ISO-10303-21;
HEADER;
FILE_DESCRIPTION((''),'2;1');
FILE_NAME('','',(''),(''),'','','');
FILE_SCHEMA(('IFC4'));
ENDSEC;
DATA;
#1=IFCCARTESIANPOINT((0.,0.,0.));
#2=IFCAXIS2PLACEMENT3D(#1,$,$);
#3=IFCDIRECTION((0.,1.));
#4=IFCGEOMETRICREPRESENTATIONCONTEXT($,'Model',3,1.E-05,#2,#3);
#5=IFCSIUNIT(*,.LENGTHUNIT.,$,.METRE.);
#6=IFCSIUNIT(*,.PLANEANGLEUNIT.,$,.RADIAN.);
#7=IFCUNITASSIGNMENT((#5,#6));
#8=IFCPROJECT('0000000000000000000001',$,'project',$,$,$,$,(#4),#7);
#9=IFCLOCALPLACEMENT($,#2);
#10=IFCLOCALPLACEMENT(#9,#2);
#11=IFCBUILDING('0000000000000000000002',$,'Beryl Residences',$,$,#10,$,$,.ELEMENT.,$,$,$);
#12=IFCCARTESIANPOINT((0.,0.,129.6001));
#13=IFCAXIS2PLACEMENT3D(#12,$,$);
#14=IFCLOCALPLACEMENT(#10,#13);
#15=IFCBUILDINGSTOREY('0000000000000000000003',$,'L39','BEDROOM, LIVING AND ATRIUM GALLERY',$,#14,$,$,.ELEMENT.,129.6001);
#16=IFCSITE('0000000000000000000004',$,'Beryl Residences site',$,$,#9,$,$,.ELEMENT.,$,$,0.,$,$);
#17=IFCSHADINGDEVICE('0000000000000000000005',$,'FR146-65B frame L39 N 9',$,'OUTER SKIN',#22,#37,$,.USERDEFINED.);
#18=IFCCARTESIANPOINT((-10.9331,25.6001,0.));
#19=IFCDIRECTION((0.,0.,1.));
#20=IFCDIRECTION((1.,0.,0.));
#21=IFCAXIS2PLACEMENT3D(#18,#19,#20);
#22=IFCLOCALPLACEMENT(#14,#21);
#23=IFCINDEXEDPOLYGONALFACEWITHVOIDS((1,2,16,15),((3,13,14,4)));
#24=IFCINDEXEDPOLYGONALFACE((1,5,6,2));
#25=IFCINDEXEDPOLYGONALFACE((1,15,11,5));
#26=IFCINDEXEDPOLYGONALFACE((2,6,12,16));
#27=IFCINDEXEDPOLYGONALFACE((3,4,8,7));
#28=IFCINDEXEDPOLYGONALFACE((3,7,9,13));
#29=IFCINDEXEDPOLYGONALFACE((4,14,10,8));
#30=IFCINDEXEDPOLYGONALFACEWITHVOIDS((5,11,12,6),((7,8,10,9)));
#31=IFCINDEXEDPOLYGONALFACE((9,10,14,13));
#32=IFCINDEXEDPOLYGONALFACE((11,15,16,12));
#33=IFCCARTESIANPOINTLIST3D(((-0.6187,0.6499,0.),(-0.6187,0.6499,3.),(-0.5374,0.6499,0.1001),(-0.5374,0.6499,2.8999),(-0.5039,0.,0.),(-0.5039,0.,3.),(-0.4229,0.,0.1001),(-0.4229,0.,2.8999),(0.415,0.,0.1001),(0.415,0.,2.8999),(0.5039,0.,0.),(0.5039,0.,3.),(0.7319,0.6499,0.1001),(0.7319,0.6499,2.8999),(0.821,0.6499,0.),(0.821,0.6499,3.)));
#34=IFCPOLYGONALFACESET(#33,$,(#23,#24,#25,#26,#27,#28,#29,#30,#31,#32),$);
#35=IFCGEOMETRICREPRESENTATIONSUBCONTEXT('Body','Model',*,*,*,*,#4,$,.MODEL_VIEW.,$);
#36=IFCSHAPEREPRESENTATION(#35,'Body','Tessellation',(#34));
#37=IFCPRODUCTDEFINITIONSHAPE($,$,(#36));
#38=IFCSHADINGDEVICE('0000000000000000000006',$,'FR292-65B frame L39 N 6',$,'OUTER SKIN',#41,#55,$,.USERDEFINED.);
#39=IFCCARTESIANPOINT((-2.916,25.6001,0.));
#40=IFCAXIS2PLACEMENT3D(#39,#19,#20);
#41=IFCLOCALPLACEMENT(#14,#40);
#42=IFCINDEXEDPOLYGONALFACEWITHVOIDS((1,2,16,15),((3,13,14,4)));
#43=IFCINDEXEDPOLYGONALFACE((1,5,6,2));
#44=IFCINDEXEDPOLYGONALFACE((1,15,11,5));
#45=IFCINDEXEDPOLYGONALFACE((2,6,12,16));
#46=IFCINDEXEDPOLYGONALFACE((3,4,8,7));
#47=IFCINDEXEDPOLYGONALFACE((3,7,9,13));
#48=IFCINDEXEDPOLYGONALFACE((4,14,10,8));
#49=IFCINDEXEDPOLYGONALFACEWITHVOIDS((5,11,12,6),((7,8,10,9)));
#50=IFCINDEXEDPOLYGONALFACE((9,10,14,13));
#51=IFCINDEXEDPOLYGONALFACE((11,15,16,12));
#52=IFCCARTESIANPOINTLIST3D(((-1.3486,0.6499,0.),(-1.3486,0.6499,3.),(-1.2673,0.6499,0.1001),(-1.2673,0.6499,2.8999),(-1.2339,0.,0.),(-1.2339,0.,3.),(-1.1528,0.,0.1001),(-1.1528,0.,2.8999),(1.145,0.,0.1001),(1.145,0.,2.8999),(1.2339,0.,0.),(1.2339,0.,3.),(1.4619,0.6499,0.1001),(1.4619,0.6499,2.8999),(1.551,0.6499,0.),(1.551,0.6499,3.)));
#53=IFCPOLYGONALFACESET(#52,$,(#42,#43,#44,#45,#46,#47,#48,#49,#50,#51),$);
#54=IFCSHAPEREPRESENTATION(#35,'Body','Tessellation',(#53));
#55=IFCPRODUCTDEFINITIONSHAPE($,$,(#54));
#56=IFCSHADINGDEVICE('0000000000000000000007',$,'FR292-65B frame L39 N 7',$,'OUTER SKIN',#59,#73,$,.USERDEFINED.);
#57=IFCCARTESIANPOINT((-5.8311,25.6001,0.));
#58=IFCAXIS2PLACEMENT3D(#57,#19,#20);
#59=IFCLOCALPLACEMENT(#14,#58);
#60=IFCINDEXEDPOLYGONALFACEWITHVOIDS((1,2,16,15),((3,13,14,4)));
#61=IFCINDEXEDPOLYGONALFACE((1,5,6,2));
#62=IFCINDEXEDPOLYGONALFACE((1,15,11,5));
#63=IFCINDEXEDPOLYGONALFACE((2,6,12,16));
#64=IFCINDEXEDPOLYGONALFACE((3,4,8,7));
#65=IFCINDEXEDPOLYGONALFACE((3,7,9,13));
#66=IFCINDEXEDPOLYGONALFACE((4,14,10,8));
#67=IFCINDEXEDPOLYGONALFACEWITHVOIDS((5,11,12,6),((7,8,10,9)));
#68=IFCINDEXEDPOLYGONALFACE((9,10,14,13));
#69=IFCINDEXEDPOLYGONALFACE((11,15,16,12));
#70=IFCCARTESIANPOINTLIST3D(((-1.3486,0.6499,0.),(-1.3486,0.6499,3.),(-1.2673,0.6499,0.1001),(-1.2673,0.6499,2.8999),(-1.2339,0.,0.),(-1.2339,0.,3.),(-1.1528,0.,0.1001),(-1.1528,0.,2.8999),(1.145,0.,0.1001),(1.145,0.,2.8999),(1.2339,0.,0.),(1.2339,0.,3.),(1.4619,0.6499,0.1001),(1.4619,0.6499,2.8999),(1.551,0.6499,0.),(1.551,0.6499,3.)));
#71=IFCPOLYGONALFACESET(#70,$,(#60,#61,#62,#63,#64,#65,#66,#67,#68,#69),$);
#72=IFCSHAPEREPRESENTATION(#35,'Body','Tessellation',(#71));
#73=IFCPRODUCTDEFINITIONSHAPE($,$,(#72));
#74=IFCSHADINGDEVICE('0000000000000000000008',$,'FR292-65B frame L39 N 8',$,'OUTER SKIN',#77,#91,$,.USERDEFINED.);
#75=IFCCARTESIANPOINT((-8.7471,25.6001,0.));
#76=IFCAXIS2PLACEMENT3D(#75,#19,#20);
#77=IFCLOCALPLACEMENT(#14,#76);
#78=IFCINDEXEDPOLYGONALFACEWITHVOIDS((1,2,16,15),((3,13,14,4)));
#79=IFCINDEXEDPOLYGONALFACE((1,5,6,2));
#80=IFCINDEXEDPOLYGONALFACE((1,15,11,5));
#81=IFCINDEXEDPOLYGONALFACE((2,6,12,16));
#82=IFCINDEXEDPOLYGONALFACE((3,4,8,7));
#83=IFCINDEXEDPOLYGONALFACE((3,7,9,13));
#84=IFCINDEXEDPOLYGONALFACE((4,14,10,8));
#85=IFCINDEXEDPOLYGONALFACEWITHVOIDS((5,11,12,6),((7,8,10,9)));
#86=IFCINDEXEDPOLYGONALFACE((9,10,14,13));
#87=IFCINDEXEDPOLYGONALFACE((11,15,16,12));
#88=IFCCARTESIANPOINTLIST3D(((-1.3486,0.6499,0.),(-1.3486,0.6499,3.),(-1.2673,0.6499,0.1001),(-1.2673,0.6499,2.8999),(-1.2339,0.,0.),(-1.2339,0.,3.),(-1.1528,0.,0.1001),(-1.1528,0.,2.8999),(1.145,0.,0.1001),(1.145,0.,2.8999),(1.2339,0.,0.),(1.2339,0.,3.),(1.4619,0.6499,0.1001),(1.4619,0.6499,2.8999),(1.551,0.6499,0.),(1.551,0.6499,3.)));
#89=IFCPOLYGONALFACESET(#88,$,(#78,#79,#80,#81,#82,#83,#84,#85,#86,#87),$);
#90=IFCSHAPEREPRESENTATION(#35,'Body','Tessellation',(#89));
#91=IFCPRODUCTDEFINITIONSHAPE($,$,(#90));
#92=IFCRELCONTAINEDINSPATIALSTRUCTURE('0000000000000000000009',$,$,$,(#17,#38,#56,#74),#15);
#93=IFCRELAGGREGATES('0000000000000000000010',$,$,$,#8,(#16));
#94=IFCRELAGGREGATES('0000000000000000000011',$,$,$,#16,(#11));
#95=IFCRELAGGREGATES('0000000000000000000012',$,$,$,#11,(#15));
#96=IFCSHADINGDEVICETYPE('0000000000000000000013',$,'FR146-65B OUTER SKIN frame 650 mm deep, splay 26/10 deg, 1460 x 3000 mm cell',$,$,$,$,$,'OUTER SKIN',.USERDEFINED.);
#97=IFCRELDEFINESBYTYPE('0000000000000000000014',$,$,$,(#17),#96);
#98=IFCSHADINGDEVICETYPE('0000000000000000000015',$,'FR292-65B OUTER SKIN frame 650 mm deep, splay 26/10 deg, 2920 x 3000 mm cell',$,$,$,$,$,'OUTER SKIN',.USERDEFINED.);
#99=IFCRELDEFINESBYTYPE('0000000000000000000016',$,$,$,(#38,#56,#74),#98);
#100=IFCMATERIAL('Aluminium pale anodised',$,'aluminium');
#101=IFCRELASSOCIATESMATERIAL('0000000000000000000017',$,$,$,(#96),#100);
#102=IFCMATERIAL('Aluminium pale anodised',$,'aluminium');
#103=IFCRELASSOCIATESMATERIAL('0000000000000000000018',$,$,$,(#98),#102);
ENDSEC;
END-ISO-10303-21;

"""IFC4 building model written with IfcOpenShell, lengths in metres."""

from ifc_helpers import new_model, entity, si_unit, direction, frame, origin, place, context, subcontext, project, spatial, source, transform, mapped, material, type_object, type_shapes, element, save


model = new_model("IFC4")

# Units and contexts
model_context = context("Model", 3, precision=1e-05, world=origin(), true_north=direction((0.0, 1.0)))
body_context = subcontext(model_context, "Body", "Model", "MODEL_VIEW")
ifc_project = project(units=[si_unit("LENGTHUNIT", "METRE"), si_unit("PLANEANGLEUNIT", "RADIAN")], contexts=[model_context])

# Site, building, storey
site_placement = place(None, origin())
site = spatial("IfcSite", under=ifc_project, at=site_placement, Name="Beryl Residences site", CompositionType="ELEMENT", RefElevation=0.0)
building_placement = place(site_placement, origin())
building = spatial("IfcBuilding", under=site, at=building_placement, Name="Beryl Residences", CompositionType="ELEMENT")
storey_placement = place(building_placement, frame((0.0, 0.0, 129.6001)))
storey = spatial("IfcBuildingStorey", under=building, at=storey_placement, Name="L39", Description="BEDROOM, LIVING AND ATRIUM GALLERY", CompositionType="ELEMENT", Elevation=129.6001)

# Shading devices
ifc_material_1 = material(Name="Aluminium pale anodised", Category="aluminium")
shading_device_type_1 = type_object("IfcShadingDeviceType", Name="FR146-65B OUTER SKIN frame 650 mm deep, splay 26/10 deg, 1460 x 3000 mm cell", ElementType="OUTER SKIN", PredefinedType="USERDEFINED", material=ifc_material_1)
cartesian_point_1 = entity("IfcCartesianPoint", [-0.5039, 0.0])
cartesian_point_2 = entity("IfcCartesianPoint", [-0.415, 0.1001])
cartesian_point_3 = entity("IfcCartesianPoint", [-0.821, 0.0])
cartesian_point_4 = entity("IfcCartesianPoint", [-0.7319, 0.1001])
shared_shape_1 = source(origin(), body_context, "Body", "SweptSolid", [
    entity("IfcExtrudedAreaSolidTapered", entity("IfcArbitraryProfileDefWithVoids", "AREA", None, entity("IfcPolyline", [cartesian_point_1, entity("IfcCartesianPoint", [0.5039, 0.0]), entity("IfcCartesianPoint", [0.5039, 3.0]), entity("IfcCartesianPoint", [-0.5039, 3.0]), cartesian_point_1]), [entity("IfcPolyline", [cartesian_point_2, entity("IfcCartesianPoint", [0.4229, 0.1001]), entity("IfcCartesianPoint", [0.4229, 2.8999]), entity("IfcCartesianPoint", [-0.415, 2.8999]), cartesian_point_2])]), entity("IfcAxis2Placement3D", entity("IfcCartesianPoint", [0.0, 0.0, 0.0]), entity("IfcDirection", [0.0, 1.0, 0.0]), entity("IfcDirection", [-1.0, 0.0, 0.0])), entity("IfcDirection", [0.0, 0.0, 1.0]), 0.6499, entity("IfcArbitraryProfileDefWithVoids", "AREA", None, entity("IfcPolyline", [cartesian_point_3, entity("IfcCartesianPoint", [0.6187, 0.0]), entity("IfcCartesianPoint", [0.6187, 3.0]), entity("IfcCartesianPoint", [-0.821, 3.0]), cartesian_point_3]), [entity("IfcPolyline", [cartesian_point_4, entity("IfcCartesianPoint", [0.5374, 0.1001]), entity("IfcCartesianPoint", [0.5374, 2.8999]), entity("IfcCartesianPoint", [-0.7319, 2.8999]), cartesian_point_4])])),
])
type_shapes(shading_device_type_1, [shared_shape_1])
shading_device_placement = place(storey_placement, frame((-10.9331, 25.6001, 0.0), z_axis=(0.0, 0.0, 1.0), x_axis=(1.0, 0.0, 0.0)))
element("IfcShadingDevice", 1, at=shading_device_placement, inside=storey, type_object=shading_device_type_1, Name="FR146-65B frame L39 N 9", ObjectType="OUTER SKIN", PredefinedType="USERDEFINED", context=body_context, shape_type="MappedRepresentation", body=[
    mapped(shared_shape_1, transform((0.0, 0.0, 0.0))),
])
ifc_material_2 = material(Name="Aluminium pale anodised", Category="aluminium")
shading_device_type_2 = type_object("IfcShadingDeviceType", Name="FR292-65B OUTER SKIN frame 650 mm deep, splay 26/10 deg, 2920 x 3000 mm cell", ElementType="OUTER SKIN", PredefinedType="USERDEFINED", material=ifc_material_2)
cartesian_point_5 = entity("IfcCartesianPoint", [-1.2339, 0.0])
cartesian_point_6 = entity("IfcCartesianPoint", [-1.145, 0.1001])
cartesian_point_7 = entity("IfcCartesianPoint", [-1.551, 0.0])
cartesian_point_8 = entity("IfcCartesianPoint", [-1.4619, 0.1001])
shared_shape_2 = source(origin(), body_context, "Body", "SweptSolid", [
    entity("IfcExtrudedAreaSolidTapered", entity("IfcArbitraryProfileDefWithVoids", "AREA", None, entity("IfcPolyline", [cartesian_point_5, entity("IfcCartesianPoint", [1.2339, 0.0]), entity("IfcCartesianPoint", [1.2339, 3.0]), entity("IfcCartesianPoint", [-1.2339, 3.0]), cartesian_point_5]), [entity("IfcPolyline", [cartesian_point_6, entity("IfcCartesianPoint", [1.1528, 0.1001]), entity("IfcCartesianPoint", [1.1528, 2.8999]), entity("IfcCartesianPoint", [-1.145, 2.8999]), cartesian_point_6])]), entity("IfcAxis2Placement3D", entity("IfcCartesianPoint", [0.0, 0.0, 0.0]), entity("IfcDirection", [0.0, 1.0, 0.0]), entity("IfcDirection", [-1.0, 0.0, 0.0])), entity("IfcDirection", [0.0, 0.0, 1.0]), 0.6499, entity("IfcArbitraryProfileDefWithVoids", "AREA", None, entity("IfcPolyline", [cartesian_point_7, entity("IfcCartesianPoint", [1.3486, 0.0]), entity("IfcCartesianPoint", [1.3486, 3.0]), entity("IfcCartesianPoint", [-1.551, 3.0]), cartesian_point_7]), [entity("IfcPolyline", [cartesian_point_8, entity("IfcCartesianPoint", [1.2673, 0.1001]), entity("IfcCartesianPoint", [1.2673, 2.8999]), entity("IfcCartesianPoint", [-1.4619, 2.8999]), cartesian_point_8])])),
])
type_shapes(shading_device_type_2, [shared_shape_2])
for number, where, z_axis, x_axis, name in (
    (2, (-2.916, 25.6001, 0.0), (0.0, 0.0, 1.0), (1.0, 0.0, 0.0), "FR292-65B frame L39 N 6"),
    (3, (-5.8311, 25.6001, 0.0), (0.0, 0.0, 1.0), (1.0, 0.0, 0.0), "FR292-65B frame L39 N 7"),
    (4, (-8.7471, 25.6001, 0.0), (0.0, 0.0, 1.0), (1.0, 0.0, 0.0), "FR292-65B frame L39 N 8"),
):
    element("IfcShadingDevice", number, at=place(storey_placement, frame(where, z_axis=z_axis, x_axis=x_axis)), inside=storey, type_object=shading_device_type_2, Name=name, ObjectType="OUTER SKIN", PredefinedType="USERDEFINED", context=body_context, shape_type="MappedRepresentation", body=[
        mapped(shared_shape_2, transform((0.0, 0.0, 0.0))),
    ])

save(model, "model.ifc")
